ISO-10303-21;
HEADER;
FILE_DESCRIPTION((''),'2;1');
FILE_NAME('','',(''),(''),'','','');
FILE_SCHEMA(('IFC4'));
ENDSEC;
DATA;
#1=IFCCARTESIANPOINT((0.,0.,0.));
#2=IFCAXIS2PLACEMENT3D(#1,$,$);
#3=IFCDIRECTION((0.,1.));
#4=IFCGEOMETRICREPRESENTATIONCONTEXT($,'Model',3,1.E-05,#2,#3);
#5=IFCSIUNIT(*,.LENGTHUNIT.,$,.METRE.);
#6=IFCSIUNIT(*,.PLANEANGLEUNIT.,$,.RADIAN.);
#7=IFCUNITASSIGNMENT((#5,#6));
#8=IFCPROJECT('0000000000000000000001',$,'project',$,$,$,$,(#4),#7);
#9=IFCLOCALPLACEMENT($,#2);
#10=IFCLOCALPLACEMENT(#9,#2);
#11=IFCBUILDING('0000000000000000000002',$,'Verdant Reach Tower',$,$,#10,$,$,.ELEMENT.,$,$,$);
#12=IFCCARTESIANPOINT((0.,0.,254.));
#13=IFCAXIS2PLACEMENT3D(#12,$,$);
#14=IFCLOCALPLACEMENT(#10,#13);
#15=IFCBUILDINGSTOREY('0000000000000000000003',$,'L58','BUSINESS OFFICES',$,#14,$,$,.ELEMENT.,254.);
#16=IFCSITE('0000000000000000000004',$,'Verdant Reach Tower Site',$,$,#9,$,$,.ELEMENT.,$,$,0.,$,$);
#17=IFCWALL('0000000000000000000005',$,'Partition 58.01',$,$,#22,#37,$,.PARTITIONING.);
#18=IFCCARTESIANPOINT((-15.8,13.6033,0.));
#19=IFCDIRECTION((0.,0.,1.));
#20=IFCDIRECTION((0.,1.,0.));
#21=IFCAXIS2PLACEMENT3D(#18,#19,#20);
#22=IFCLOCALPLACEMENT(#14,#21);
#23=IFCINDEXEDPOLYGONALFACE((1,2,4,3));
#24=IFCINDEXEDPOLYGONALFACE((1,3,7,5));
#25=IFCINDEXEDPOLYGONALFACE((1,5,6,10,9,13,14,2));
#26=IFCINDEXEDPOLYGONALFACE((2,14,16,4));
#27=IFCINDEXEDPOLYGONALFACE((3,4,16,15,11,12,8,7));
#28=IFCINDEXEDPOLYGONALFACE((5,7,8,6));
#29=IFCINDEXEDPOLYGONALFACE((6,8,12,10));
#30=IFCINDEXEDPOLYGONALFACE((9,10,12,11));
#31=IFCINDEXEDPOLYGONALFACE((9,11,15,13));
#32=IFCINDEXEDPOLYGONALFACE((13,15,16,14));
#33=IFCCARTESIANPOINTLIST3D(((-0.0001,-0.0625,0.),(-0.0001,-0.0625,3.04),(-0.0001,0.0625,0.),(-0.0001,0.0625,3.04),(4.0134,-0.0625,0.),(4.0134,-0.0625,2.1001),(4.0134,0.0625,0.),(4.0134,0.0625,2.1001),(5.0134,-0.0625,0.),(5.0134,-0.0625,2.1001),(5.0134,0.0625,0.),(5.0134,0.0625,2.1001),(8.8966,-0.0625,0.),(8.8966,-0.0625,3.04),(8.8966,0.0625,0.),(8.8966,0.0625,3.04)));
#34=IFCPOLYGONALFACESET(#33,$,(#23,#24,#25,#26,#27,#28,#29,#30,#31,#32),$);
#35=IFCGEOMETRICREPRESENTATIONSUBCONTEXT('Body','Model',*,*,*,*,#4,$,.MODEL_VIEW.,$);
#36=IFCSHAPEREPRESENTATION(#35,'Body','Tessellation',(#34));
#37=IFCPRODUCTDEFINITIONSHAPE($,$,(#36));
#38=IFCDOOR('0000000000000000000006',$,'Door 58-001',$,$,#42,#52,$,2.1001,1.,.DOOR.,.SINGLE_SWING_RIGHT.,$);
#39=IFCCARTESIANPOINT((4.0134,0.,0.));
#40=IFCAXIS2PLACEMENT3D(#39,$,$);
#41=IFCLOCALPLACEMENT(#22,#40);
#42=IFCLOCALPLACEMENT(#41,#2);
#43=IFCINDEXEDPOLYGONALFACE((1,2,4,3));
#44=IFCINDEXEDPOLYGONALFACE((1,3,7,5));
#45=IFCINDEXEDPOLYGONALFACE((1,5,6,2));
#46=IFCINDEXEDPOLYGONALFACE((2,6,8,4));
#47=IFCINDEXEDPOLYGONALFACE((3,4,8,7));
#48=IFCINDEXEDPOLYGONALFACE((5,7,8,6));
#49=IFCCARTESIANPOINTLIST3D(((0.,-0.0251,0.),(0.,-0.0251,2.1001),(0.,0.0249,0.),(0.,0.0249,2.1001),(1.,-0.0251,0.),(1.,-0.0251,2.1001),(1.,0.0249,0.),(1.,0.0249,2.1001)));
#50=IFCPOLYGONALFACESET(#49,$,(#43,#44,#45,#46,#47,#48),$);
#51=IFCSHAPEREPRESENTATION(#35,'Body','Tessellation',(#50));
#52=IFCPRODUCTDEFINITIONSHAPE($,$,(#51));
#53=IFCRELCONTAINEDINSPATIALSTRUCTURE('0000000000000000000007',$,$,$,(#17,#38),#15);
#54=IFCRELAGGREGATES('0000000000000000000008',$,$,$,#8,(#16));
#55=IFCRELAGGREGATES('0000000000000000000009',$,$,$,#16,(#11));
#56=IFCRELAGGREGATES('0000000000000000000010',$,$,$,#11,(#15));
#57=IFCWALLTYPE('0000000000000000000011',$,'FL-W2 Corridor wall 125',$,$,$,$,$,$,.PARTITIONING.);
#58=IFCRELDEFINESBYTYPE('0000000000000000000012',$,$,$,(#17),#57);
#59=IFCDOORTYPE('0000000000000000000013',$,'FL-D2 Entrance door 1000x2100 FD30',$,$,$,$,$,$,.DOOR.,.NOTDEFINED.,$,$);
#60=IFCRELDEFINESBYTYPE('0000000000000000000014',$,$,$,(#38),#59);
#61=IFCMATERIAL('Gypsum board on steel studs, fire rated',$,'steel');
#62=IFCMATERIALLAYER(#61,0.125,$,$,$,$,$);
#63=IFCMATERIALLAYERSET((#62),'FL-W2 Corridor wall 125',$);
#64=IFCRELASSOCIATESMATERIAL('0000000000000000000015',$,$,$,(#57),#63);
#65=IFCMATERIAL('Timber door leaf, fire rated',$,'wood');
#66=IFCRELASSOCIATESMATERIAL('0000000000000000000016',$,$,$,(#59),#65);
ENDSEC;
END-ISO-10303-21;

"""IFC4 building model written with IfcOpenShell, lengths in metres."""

from ifc_helpers import new_model, si_unit, direction, frame, frame_2d, origin, place, context, subcontext, project, spatial, rectangle, extrude, material, layer, layer_set, type_object, element, fill, save


model = new_model("IFC4")

# Units and contexts
model_context = context("Model", 3, precision=1e-05, world=origin(), true_north=direction((0.0, 1.0)))
body_context = subcontext(model_context, "Body", "Model", "MODEL_VIEW")
ifc_project = project(units=[si_unit("LENGTHUNIT", "METRE"), si_unit("PLANEANGLEUNIT", "RADIAN")], contexts=[model_context])

# Site, building, storey
site_placement = place(None, origin())
site = spatial("IfcSite", under=ifc_project, at=site_placement, Name="Verdant Reach Tower Site", CompositionType="ELEMENT", RefElevation=0.0)
building_placement = place(site_placement, origin())
building = spatial("IfcBuilding", under=site, at=building_placement, Name="Verdant Reach Tower", CompositionType="ELEMENT")
storey_placement = place(building_placement, frame((0.0, 0.0, 254.0)))
storey = spatial("IfcBuildingStorey", under=building, at=storey_placement, Name="L58", Description="BUSINESS OFFICES", CompositionType="ELEMENT", Elevation=254.0)

# Wall, opening, door
ifc_material_1 = material(Name="Gypsum board on steel studs, fire rated", Category="steel")
ifc_layer_1 = layer(ifc_material_1, 0.125)
ifc_layer_set_1 = layer_set([ifc_layer_1], Name="FL-W2 Corridor wall 125")
wall_type = type_object("IfcWallType", Name="FL-W2 Corridor wall 125", PredefinedType="PARTITIONING", material=ifc_layer_set_1)
wall_1_placement = place(storey_placement, frame((-15.8, 13.6033, 0.0), z_axis=(0.0, 0.0, 1.0), x_axis=(0.0, 1.0, 0.0)))
wall_1 = element("IfcWall", 1, at=wall_1_placement, inside=storey, type_object=wall_type, Name="Partition 58.01", PredefinedType="PARTITIONING", context=body_context, shape_type="SweptSolid", body=[
    extrude(rectangle(XDim=8.8967, YDim=0.125, at=frame_2d((4.4482, 0.0))), origin(), (0.0, 0.0, 1.0), 3.04),
])
opening_1_placement = place(wall_1_placement, frame((4.0134, 0.0, 0.0)))
opening_1 = element("IfcOpeningElement", 2, at=opening_1_placement, cuts=wall_1, PredefinedType="OPENING", context=body_context, shape_type="SweptSolid", body=[
    extrude(rectangle(XDim=1.0, YDim=2.1001, at=frame_2d((0.5, 1.05))), frame((0.0, 0.0725, 0.0), z_axis=(0.0, -1.0, 0.0), x_axis=(1.0, 0.0, 0.0)), (0.0, 0.0, 1.0), 0.145),
])
ifc_material_2 = material(Name="Timber door leaf, fire rated", Category="wood")
door_type = type_object("IfcDoorType", Name="FL-D2 Entrance door 1000x2100 FD30", OperationType="NOTDEFINED", PredefinedType="DOOR", material=ifc_material_2)
door_1_placement = place(opening_1_placement, origin())
door_1 = element("IfcDoor", 3, at=door_1_placement, inside=storey, type_object=door_type, Name="Door 58-001", OperationType="SINGLE_SWING_RIGHT", OverallHeight=2.1001, OverallWidth=1.0, PredefinedType="DOOR", context=body_context, shape_type="SweptSolid", body=[
    extrude(rectangle(XDim=1.0, YDim=2.1001, at=frame_2d((0.5, 1.05))), frame((0.0, 0.0249, 0.0), z_axis=(0.0, -1.0, 0.0), x_axis=(1.0, 0.0, 0.0)), (0.0, 0.0, 1.0), 0.05),
])
fill(opening_1, door_1)

save(model, "model.ifc")
